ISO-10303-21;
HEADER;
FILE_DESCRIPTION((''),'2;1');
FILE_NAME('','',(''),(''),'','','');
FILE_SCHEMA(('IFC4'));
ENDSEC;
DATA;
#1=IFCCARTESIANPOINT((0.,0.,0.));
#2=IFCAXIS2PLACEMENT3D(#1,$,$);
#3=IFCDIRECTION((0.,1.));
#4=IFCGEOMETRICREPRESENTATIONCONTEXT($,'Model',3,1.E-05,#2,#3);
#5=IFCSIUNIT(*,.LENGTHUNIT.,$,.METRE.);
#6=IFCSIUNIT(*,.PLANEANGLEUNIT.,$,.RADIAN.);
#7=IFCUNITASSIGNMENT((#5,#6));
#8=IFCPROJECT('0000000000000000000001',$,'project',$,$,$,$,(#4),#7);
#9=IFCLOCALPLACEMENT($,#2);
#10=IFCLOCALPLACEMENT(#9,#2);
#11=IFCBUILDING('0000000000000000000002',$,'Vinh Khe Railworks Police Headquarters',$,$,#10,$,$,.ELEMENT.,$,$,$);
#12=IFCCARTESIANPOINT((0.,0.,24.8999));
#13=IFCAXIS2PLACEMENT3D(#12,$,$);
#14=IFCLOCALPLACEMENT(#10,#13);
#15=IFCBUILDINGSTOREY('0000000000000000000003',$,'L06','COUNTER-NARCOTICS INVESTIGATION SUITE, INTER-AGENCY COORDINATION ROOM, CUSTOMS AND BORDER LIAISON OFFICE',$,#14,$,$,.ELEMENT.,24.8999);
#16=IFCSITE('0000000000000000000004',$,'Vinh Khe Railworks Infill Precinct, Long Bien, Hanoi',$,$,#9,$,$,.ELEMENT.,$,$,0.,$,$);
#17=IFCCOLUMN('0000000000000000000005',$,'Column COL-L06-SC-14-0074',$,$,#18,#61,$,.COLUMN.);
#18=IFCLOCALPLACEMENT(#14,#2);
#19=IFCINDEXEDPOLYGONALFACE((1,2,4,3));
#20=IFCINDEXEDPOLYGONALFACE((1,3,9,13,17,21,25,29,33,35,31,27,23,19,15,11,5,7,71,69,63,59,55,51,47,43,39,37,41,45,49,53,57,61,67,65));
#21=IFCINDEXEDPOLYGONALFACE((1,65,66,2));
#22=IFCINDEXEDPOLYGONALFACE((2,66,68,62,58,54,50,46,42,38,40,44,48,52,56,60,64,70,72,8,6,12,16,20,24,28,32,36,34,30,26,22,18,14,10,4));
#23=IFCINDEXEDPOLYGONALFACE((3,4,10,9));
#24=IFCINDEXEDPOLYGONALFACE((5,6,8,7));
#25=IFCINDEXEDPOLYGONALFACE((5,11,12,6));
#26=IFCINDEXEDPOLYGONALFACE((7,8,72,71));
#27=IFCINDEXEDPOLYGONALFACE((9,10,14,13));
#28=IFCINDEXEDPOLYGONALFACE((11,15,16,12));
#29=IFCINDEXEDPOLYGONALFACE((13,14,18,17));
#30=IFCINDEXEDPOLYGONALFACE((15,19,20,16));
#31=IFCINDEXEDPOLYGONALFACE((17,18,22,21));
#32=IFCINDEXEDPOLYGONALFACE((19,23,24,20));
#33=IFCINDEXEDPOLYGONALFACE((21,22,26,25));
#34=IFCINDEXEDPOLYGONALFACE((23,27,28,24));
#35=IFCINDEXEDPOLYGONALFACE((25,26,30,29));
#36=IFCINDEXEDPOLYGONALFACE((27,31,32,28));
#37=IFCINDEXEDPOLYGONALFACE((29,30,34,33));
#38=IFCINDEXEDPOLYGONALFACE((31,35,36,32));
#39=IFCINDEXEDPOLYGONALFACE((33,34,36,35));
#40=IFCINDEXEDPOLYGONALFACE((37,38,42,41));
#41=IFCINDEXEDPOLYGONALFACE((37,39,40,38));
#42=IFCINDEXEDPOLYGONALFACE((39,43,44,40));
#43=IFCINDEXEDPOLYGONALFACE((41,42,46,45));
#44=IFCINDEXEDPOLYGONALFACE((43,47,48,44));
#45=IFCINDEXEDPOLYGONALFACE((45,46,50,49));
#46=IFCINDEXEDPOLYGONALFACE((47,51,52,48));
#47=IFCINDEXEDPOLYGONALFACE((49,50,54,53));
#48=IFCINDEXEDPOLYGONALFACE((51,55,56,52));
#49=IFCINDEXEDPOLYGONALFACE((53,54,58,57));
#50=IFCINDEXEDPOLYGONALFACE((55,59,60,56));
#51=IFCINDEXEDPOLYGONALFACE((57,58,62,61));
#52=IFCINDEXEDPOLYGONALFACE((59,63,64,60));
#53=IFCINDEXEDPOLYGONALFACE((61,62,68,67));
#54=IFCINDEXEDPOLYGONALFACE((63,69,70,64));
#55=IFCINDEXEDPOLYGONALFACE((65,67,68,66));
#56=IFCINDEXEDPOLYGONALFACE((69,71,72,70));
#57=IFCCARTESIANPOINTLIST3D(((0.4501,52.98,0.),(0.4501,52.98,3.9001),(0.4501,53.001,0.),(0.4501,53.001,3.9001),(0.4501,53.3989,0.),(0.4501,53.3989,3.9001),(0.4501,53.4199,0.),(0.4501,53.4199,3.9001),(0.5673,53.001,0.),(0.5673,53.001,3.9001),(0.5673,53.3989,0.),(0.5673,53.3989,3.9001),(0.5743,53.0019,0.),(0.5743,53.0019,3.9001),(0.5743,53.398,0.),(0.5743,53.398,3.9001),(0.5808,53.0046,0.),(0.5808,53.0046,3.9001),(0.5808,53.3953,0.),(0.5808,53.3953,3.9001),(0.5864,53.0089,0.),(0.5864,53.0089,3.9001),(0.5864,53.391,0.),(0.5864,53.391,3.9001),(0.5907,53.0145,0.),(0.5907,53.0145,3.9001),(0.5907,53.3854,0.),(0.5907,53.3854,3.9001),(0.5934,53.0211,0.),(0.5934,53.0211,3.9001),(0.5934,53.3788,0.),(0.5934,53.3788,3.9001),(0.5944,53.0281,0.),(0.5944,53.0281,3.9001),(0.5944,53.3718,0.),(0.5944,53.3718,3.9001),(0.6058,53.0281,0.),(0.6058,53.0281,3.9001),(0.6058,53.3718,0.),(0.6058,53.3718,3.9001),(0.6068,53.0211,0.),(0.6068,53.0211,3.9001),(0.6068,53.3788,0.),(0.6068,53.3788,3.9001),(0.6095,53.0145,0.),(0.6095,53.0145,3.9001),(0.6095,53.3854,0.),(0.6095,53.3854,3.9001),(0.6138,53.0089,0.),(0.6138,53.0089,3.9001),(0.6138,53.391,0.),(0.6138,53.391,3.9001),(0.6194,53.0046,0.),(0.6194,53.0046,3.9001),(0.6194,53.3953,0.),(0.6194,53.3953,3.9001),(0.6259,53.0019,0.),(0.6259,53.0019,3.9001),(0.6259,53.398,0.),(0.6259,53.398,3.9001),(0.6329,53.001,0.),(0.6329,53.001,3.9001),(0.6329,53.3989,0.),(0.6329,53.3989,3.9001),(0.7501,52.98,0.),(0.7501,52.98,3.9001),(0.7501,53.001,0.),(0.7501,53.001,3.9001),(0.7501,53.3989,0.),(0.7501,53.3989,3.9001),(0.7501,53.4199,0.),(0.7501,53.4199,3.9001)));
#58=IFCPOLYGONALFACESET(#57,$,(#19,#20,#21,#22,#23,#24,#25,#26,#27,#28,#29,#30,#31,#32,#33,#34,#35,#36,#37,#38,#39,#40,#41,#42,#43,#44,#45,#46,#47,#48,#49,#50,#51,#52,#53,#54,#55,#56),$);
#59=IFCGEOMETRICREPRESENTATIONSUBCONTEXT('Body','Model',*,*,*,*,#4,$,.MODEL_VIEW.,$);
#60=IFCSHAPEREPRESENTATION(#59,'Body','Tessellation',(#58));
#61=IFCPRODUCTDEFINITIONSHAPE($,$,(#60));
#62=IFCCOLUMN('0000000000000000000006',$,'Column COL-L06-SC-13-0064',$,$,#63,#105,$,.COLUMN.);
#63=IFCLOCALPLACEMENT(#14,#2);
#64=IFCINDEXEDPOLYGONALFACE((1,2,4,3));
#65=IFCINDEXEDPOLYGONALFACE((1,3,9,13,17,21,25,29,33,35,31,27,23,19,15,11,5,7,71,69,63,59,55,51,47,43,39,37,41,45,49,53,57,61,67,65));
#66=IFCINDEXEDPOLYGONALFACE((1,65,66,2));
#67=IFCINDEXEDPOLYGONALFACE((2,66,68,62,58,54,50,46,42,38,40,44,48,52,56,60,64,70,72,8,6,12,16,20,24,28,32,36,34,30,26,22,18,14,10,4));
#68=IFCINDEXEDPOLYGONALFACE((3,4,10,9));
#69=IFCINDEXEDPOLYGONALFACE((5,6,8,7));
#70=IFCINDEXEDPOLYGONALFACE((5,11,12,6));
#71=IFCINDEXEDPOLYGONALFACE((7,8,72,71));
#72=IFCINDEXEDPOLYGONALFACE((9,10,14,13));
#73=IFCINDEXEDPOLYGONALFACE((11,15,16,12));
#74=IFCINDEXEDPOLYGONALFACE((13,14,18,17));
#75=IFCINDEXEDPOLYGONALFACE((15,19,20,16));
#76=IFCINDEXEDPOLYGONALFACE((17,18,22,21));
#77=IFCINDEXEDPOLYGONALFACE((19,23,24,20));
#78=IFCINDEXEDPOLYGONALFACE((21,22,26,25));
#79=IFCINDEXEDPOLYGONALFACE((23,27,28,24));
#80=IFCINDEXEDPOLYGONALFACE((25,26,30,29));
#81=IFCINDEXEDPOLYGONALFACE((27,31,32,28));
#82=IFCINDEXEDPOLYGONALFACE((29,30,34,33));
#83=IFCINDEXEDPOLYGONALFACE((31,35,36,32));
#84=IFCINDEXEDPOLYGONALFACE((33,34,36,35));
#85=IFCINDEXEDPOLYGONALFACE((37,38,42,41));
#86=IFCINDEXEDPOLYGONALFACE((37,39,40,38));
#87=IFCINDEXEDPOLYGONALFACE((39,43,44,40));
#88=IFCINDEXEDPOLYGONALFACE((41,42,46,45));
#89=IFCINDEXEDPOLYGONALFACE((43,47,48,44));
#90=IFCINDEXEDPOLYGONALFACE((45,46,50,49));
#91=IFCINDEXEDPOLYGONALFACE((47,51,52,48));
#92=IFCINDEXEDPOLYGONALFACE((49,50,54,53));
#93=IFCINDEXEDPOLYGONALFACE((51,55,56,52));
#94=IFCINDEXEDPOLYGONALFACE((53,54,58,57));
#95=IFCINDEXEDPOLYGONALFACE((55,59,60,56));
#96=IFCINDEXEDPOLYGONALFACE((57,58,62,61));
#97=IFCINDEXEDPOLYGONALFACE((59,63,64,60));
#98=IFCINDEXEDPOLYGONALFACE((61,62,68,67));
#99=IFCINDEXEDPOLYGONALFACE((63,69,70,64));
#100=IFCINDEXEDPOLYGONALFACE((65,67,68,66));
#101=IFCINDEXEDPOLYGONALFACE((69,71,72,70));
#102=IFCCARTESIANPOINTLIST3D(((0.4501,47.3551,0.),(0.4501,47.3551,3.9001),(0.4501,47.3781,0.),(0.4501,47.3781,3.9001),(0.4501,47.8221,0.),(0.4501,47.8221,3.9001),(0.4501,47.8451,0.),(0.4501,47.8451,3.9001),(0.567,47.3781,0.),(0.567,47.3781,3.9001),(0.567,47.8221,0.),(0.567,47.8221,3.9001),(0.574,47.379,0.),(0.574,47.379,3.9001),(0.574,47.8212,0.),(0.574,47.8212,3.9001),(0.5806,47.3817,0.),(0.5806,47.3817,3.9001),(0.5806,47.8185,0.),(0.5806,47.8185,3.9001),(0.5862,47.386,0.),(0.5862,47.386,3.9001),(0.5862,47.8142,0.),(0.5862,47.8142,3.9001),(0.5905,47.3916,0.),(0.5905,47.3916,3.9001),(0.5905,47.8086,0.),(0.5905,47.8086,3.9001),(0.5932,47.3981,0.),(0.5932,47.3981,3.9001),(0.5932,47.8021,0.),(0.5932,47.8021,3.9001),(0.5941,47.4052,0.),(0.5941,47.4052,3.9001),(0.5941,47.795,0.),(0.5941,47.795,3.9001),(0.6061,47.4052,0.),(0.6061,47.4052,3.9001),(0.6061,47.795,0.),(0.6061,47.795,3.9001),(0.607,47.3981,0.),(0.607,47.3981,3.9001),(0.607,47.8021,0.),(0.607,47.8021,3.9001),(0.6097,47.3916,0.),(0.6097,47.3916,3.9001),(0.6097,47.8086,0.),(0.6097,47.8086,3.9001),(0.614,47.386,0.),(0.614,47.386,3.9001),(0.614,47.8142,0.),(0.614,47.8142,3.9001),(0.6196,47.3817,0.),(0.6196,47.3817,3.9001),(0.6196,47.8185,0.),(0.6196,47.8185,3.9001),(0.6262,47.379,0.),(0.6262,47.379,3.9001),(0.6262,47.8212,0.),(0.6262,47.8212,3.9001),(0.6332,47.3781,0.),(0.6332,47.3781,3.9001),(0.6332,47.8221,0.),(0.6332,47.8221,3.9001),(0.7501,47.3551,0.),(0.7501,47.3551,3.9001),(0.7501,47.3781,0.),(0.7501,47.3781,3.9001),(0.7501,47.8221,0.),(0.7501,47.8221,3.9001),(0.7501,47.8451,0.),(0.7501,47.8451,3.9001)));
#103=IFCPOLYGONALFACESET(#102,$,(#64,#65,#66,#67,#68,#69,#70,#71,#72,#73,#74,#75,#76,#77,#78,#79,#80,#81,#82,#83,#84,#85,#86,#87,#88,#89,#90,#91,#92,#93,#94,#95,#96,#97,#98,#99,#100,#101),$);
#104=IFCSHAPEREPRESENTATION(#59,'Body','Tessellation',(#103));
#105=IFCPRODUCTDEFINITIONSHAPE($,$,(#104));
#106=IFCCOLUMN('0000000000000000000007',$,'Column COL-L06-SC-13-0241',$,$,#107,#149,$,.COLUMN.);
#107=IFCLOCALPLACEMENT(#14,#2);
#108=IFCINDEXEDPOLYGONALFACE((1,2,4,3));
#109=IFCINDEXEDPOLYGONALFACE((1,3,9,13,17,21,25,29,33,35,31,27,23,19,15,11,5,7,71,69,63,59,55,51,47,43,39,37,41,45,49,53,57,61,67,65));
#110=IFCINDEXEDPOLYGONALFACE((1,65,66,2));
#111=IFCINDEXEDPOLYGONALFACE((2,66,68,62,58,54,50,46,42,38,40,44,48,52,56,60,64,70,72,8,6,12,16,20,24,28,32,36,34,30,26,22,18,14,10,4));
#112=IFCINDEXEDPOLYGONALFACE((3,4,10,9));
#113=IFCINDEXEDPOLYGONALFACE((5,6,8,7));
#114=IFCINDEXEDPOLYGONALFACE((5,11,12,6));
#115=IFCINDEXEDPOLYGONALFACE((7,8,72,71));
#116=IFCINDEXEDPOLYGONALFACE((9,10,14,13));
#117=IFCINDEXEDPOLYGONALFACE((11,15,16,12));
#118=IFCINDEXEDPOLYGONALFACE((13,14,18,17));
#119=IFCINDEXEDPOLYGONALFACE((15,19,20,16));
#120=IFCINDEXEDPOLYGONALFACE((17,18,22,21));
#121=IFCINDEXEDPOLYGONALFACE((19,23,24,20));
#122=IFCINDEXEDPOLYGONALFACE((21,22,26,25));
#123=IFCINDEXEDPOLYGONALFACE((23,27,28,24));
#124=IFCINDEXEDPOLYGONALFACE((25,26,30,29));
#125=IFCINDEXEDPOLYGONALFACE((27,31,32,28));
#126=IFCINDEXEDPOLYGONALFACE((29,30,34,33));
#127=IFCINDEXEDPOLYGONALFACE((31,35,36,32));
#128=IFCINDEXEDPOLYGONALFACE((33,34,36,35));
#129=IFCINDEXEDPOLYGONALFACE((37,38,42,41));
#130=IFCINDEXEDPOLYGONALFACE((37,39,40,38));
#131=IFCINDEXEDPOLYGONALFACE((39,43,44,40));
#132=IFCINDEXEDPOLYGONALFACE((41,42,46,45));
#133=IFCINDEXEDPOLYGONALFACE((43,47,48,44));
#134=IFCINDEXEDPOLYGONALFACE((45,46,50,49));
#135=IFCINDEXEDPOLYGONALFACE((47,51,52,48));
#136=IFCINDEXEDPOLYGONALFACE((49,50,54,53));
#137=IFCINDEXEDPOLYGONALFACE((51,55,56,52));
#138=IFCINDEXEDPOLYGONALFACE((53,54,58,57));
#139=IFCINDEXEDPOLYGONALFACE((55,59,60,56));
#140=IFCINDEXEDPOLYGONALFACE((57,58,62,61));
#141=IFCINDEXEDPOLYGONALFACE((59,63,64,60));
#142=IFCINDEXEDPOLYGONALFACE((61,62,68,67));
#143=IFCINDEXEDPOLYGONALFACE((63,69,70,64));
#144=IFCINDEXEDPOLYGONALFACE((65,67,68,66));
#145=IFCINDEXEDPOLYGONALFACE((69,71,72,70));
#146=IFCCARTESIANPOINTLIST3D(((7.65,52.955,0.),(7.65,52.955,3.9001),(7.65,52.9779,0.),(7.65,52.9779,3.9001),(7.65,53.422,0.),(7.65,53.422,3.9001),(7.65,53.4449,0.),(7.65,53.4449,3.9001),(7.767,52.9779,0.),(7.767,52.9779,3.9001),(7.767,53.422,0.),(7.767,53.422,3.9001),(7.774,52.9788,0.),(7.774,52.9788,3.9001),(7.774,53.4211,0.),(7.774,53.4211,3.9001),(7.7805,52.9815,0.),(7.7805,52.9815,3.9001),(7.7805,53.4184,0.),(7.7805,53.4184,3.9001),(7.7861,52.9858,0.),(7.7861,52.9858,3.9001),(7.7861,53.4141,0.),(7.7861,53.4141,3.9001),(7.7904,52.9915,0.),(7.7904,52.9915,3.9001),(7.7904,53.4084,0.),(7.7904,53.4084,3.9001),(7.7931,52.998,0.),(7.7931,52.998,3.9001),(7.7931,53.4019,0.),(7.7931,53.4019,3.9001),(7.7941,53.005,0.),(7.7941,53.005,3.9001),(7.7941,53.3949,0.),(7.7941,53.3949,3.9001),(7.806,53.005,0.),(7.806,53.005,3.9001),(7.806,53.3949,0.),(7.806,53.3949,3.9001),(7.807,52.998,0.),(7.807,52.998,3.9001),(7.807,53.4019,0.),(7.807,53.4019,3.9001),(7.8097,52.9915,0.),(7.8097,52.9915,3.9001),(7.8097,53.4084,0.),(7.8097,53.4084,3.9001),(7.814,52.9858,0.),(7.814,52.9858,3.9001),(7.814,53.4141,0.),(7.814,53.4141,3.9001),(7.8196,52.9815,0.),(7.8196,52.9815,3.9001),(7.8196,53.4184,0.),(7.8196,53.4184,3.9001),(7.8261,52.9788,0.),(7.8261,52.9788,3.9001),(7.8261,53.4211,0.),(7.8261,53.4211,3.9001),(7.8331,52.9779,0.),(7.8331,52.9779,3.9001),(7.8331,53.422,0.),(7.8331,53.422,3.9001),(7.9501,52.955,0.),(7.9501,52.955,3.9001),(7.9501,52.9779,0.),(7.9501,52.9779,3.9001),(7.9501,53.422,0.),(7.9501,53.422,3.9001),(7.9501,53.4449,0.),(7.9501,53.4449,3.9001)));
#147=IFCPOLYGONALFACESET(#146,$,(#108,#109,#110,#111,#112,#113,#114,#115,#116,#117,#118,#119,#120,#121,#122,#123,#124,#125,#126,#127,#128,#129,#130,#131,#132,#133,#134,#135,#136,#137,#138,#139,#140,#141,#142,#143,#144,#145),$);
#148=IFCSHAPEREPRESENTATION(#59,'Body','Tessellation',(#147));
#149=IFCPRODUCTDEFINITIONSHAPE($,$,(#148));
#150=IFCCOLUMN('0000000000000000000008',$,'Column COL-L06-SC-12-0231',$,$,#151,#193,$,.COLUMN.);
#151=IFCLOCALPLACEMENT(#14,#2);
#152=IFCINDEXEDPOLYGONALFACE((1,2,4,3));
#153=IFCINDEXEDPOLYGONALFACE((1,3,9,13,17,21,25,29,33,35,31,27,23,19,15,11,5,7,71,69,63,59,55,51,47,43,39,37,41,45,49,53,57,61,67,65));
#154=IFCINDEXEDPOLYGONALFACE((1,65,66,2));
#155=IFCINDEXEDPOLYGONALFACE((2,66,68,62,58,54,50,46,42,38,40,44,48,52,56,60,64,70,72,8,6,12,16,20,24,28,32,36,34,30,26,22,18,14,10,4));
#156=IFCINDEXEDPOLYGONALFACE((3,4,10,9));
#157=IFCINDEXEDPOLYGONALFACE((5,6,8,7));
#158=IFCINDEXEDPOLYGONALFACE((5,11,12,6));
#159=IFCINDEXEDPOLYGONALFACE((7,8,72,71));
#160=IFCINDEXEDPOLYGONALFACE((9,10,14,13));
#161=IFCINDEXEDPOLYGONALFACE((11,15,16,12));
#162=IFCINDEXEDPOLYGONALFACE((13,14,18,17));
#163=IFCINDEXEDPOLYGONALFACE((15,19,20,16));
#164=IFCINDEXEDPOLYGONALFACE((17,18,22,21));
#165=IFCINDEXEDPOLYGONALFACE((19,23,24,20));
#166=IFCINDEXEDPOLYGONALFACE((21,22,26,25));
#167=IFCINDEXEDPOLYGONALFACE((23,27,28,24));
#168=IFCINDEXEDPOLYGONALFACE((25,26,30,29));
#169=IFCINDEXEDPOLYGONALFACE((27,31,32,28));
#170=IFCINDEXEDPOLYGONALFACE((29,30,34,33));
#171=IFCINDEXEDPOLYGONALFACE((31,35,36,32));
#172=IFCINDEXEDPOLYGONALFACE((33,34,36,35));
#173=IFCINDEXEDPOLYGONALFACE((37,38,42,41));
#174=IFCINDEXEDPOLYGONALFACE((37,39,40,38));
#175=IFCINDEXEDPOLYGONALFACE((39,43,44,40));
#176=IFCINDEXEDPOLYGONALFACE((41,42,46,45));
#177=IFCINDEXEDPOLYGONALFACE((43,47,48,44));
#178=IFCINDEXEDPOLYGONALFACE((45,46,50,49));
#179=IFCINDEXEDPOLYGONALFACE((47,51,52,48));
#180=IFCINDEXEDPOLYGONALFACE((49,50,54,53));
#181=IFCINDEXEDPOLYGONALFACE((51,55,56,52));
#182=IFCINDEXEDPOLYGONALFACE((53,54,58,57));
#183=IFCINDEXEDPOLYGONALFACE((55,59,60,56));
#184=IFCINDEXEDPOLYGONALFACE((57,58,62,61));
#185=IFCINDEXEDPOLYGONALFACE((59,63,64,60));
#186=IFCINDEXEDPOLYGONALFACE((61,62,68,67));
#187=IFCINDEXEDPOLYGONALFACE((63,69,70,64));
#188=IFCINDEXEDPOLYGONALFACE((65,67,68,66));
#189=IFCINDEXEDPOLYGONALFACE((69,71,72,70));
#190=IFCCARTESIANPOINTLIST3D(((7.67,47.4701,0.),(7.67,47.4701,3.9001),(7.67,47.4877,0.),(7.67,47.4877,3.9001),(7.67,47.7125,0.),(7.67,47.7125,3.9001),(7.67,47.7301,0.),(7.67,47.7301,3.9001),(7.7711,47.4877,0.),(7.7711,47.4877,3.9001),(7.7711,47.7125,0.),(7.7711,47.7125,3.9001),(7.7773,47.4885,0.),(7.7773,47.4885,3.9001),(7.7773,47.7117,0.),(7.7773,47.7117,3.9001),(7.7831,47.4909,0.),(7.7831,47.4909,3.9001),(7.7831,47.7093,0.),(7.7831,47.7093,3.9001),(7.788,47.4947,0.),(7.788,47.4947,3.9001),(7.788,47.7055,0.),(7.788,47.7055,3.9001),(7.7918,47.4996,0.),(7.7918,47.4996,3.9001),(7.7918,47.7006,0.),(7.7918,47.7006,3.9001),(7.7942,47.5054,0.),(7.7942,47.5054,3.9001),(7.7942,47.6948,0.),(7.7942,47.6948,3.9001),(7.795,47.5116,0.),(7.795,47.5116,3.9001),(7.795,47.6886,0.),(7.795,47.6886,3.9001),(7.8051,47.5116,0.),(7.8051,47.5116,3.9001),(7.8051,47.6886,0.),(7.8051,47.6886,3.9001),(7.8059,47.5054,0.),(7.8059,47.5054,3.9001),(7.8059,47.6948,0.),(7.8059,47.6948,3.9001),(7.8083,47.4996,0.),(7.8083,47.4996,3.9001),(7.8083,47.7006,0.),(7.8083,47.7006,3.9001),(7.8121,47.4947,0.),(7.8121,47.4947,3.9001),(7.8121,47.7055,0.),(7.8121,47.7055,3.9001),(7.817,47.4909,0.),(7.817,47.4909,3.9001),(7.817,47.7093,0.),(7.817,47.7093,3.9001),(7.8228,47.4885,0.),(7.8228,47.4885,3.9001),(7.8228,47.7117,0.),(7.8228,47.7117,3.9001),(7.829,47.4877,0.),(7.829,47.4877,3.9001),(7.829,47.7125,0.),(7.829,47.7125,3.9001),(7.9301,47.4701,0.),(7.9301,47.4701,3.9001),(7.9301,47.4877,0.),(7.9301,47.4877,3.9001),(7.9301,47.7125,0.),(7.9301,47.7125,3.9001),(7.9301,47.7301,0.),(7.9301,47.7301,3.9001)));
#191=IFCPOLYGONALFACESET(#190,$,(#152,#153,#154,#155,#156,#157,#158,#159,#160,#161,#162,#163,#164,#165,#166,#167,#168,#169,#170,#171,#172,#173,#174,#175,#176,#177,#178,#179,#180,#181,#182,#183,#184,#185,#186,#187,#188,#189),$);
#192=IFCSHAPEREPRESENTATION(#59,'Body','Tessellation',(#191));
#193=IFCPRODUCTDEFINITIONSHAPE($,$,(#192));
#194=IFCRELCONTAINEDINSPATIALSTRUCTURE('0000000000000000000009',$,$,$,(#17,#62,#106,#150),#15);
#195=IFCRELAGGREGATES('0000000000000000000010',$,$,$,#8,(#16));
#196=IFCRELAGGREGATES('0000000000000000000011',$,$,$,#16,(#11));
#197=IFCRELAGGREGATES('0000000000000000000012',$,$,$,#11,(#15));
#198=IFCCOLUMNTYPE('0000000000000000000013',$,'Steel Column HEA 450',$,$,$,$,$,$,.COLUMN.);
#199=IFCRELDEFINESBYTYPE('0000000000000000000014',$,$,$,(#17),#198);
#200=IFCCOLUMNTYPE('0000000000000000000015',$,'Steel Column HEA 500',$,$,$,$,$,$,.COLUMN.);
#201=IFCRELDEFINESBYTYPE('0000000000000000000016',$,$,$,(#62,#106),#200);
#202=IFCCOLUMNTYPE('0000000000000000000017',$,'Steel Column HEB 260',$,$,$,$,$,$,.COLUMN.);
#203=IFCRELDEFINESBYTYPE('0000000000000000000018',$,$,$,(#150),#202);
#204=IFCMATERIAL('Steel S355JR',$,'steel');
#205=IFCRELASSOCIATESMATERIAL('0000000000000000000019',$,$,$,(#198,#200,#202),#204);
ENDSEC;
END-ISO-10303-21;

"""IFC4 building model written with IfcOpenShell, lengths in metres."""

from ifc_helpers import new_model, si_unit, direction, frame, origin, origin_2d, place, context, subcontext, project, spatial, i_section, extrude, material, material_profile, profile_set, type_object, element, save


model = new_model("IFC4")

# Units and contexts
model_context = context("Model", 3, precision=1e-05, world=origin(), true_north=direction((0.0, 1.0)))
body_context = subcontext(model_context, "Body", "Model", "MODEL_VIEW")
ifc_project = project(units=[si_unit("LENGTHUNIT", "METRE"), si_unit("PLANEANGLEUNIT", "RADIAN")], contexts=[model_context])

# Site, building, storey
site_placement = place(None, origin())
site = spatial("IfcSite", under=ifc_project, at=site_placement, Name="Vinh Khe Railworks Infill Precinct, Long Bien, Hanoi", CompositionType="ELEMENT", RefElevation=0.0)
building_placement = place(site_placement, origin())
building = spatial("IfcBuilding", under=site, at=building_placement, Name="Vinh Khe Railworks Police Headquarters", CompositionType="ELEMENT")
storey_placement = place(building_placement, frame((0.0, 0.0, 24.8999)))
storey = spatial("IfcBuildingStorey", under=building, at=storey_placement, Name="L06", Description="COUNTER-NARCOTICS INVESTIGATION SUITE, INTER-AGENCY COORDINATION ROOM, CUSTOMS AND BORDER LIAISON OFFICE", CompositionType="ELEMENT", Elevation=24.8999)

# Columns
ifc_material_1 = material(Name="Steel S355JR", Category="steel")
ifc_material_profile_1 = material_profile(ifc_material_1, i_section(OverallWidth=0.3, OverallDepth=0.4399, WebThickness=0.0115, FlangeThickness=0.021, FilletRadius=0.0271, at=origin_2d()), Name="HEA 450")
ifc_profile_set_1 = profile_set([ifc_material_profile_1], Name="Steel S355JR")
column_type_1 = type_object("IfcColumnType", Name="Steel Column HEA 450", PredefinedType="COLUMN", material=ifc_profile_set_1)
column_1_placement = place(storey_placement, frame((0.6001, 53.2, 0.0), z_axis=(0.0, 0.0, 1.0), x_axis=(1.0, 0.0, 0.0)))
element("IfcColumn", 1, at=column_1_placement, inside=storey, type_object=column_type_1, Name="Column COL-L06-SC-14-0074", PredefinedType="COLUMN", context=body_context, shape_type="SweptSolid", body=[
    extrude(i_section(OverallWidth=0.3, OverallDepth=0.4399, WebThickness=0.0115, FlangeThickness=0.021, FilletRadius=0.0271, at=origin_2d()), origin(), (0.0, 0.0, 1.0), 3.9001),
])
ifc_material_profile_2 = material_profile(ifc_material_1, i_section(OverallWidth=0.3, OverallDepth=0.49, WebThickness=0.012, FlangeThickness=0.0229, FilletRadius=0.0271, at=origin_2d()), Name="HEA 500")
ifc_profile_set_2 = profile_set([ifc_material_profile_2], Name="Steel S355JR")
column_type_2 = type_object("IfcColumnType", Name="Steel Column HEA 500", PredefinedType="COLUMN", material=ifc_profile_set_2)
for number, where, z_axis, x_axis, name in (
    (2, (0.6001, 47.6001, 0.0), (0.0, 0.0, 1.0), (1.0, 0.0, 0.0), "Column COL-L06-SC-13-0064"),
    (3, (7.8, 53.2, 0.0), (0.0, 0.0, 1.0), (1.0, 0.0, 0.0), "Column COL-L06-SC-13-0241"),
):
    element("IfcColumn", number, at=place(storey_placement, frame(where, z_axis=z_axis, x_axis=x_axis)), inside=storey, type_object=column_type_2, Name=name, PredefinedType="COLUMN", context=body_context, shape_type="SweptSolid", body=[
        extrude(i_section(OverallWidth=0.3, OverallDepth=0.49, WebThickness=0.012, FlangeThickness=0.0229, FilletRadius=0.0271, at=origin_2d()), origin(), (0.0, 0.0, 1.0), 3.9001),
    ])
ifc_material_profile_3 = material_profile(ifc_material_1, i_section(OverallWidth=0.26, OverallDepth=0.26, WebThickness=0.01, FlangeThickness=0.0176, FilletRadius=0.0239, at=origin_2d()), Name="HEB 260")
ifc_profile_set_3 = profile_set([ifc_material_profile_3], Name="Steel S355JR")
column_type_3 = type_object("IfcColumnType", Name="Steel Column HEB 260", PredefinedType="COLUMN", material=ifc_profile_set_3)
column_2_placement = place(storey_placement, frame((7.8, 47.6001, 0.0), z_axis=(0.0, 0.0, 1.0), x_axis=(1.0, 0.0, 0.0)))
element("IfcColumn", 4, at=column_2_placement, inside=storey, type_object=column_type_3, Name="Column COL-L06-SC-12-0231", PredefinedType="COLUMN", context=body_context, shape_type="SweptSolid", body=[
    extrude(i_section(OverallWidth=0.26, OverallDepth=0.26, WebThickness=0.01, FlangeThickness=0.0176, FilletRadius=0.0239, at=origin_2d()), origin(), (0.0, 0.0, 1.0), 3.9001),
])

save(model, "model.ifc")
